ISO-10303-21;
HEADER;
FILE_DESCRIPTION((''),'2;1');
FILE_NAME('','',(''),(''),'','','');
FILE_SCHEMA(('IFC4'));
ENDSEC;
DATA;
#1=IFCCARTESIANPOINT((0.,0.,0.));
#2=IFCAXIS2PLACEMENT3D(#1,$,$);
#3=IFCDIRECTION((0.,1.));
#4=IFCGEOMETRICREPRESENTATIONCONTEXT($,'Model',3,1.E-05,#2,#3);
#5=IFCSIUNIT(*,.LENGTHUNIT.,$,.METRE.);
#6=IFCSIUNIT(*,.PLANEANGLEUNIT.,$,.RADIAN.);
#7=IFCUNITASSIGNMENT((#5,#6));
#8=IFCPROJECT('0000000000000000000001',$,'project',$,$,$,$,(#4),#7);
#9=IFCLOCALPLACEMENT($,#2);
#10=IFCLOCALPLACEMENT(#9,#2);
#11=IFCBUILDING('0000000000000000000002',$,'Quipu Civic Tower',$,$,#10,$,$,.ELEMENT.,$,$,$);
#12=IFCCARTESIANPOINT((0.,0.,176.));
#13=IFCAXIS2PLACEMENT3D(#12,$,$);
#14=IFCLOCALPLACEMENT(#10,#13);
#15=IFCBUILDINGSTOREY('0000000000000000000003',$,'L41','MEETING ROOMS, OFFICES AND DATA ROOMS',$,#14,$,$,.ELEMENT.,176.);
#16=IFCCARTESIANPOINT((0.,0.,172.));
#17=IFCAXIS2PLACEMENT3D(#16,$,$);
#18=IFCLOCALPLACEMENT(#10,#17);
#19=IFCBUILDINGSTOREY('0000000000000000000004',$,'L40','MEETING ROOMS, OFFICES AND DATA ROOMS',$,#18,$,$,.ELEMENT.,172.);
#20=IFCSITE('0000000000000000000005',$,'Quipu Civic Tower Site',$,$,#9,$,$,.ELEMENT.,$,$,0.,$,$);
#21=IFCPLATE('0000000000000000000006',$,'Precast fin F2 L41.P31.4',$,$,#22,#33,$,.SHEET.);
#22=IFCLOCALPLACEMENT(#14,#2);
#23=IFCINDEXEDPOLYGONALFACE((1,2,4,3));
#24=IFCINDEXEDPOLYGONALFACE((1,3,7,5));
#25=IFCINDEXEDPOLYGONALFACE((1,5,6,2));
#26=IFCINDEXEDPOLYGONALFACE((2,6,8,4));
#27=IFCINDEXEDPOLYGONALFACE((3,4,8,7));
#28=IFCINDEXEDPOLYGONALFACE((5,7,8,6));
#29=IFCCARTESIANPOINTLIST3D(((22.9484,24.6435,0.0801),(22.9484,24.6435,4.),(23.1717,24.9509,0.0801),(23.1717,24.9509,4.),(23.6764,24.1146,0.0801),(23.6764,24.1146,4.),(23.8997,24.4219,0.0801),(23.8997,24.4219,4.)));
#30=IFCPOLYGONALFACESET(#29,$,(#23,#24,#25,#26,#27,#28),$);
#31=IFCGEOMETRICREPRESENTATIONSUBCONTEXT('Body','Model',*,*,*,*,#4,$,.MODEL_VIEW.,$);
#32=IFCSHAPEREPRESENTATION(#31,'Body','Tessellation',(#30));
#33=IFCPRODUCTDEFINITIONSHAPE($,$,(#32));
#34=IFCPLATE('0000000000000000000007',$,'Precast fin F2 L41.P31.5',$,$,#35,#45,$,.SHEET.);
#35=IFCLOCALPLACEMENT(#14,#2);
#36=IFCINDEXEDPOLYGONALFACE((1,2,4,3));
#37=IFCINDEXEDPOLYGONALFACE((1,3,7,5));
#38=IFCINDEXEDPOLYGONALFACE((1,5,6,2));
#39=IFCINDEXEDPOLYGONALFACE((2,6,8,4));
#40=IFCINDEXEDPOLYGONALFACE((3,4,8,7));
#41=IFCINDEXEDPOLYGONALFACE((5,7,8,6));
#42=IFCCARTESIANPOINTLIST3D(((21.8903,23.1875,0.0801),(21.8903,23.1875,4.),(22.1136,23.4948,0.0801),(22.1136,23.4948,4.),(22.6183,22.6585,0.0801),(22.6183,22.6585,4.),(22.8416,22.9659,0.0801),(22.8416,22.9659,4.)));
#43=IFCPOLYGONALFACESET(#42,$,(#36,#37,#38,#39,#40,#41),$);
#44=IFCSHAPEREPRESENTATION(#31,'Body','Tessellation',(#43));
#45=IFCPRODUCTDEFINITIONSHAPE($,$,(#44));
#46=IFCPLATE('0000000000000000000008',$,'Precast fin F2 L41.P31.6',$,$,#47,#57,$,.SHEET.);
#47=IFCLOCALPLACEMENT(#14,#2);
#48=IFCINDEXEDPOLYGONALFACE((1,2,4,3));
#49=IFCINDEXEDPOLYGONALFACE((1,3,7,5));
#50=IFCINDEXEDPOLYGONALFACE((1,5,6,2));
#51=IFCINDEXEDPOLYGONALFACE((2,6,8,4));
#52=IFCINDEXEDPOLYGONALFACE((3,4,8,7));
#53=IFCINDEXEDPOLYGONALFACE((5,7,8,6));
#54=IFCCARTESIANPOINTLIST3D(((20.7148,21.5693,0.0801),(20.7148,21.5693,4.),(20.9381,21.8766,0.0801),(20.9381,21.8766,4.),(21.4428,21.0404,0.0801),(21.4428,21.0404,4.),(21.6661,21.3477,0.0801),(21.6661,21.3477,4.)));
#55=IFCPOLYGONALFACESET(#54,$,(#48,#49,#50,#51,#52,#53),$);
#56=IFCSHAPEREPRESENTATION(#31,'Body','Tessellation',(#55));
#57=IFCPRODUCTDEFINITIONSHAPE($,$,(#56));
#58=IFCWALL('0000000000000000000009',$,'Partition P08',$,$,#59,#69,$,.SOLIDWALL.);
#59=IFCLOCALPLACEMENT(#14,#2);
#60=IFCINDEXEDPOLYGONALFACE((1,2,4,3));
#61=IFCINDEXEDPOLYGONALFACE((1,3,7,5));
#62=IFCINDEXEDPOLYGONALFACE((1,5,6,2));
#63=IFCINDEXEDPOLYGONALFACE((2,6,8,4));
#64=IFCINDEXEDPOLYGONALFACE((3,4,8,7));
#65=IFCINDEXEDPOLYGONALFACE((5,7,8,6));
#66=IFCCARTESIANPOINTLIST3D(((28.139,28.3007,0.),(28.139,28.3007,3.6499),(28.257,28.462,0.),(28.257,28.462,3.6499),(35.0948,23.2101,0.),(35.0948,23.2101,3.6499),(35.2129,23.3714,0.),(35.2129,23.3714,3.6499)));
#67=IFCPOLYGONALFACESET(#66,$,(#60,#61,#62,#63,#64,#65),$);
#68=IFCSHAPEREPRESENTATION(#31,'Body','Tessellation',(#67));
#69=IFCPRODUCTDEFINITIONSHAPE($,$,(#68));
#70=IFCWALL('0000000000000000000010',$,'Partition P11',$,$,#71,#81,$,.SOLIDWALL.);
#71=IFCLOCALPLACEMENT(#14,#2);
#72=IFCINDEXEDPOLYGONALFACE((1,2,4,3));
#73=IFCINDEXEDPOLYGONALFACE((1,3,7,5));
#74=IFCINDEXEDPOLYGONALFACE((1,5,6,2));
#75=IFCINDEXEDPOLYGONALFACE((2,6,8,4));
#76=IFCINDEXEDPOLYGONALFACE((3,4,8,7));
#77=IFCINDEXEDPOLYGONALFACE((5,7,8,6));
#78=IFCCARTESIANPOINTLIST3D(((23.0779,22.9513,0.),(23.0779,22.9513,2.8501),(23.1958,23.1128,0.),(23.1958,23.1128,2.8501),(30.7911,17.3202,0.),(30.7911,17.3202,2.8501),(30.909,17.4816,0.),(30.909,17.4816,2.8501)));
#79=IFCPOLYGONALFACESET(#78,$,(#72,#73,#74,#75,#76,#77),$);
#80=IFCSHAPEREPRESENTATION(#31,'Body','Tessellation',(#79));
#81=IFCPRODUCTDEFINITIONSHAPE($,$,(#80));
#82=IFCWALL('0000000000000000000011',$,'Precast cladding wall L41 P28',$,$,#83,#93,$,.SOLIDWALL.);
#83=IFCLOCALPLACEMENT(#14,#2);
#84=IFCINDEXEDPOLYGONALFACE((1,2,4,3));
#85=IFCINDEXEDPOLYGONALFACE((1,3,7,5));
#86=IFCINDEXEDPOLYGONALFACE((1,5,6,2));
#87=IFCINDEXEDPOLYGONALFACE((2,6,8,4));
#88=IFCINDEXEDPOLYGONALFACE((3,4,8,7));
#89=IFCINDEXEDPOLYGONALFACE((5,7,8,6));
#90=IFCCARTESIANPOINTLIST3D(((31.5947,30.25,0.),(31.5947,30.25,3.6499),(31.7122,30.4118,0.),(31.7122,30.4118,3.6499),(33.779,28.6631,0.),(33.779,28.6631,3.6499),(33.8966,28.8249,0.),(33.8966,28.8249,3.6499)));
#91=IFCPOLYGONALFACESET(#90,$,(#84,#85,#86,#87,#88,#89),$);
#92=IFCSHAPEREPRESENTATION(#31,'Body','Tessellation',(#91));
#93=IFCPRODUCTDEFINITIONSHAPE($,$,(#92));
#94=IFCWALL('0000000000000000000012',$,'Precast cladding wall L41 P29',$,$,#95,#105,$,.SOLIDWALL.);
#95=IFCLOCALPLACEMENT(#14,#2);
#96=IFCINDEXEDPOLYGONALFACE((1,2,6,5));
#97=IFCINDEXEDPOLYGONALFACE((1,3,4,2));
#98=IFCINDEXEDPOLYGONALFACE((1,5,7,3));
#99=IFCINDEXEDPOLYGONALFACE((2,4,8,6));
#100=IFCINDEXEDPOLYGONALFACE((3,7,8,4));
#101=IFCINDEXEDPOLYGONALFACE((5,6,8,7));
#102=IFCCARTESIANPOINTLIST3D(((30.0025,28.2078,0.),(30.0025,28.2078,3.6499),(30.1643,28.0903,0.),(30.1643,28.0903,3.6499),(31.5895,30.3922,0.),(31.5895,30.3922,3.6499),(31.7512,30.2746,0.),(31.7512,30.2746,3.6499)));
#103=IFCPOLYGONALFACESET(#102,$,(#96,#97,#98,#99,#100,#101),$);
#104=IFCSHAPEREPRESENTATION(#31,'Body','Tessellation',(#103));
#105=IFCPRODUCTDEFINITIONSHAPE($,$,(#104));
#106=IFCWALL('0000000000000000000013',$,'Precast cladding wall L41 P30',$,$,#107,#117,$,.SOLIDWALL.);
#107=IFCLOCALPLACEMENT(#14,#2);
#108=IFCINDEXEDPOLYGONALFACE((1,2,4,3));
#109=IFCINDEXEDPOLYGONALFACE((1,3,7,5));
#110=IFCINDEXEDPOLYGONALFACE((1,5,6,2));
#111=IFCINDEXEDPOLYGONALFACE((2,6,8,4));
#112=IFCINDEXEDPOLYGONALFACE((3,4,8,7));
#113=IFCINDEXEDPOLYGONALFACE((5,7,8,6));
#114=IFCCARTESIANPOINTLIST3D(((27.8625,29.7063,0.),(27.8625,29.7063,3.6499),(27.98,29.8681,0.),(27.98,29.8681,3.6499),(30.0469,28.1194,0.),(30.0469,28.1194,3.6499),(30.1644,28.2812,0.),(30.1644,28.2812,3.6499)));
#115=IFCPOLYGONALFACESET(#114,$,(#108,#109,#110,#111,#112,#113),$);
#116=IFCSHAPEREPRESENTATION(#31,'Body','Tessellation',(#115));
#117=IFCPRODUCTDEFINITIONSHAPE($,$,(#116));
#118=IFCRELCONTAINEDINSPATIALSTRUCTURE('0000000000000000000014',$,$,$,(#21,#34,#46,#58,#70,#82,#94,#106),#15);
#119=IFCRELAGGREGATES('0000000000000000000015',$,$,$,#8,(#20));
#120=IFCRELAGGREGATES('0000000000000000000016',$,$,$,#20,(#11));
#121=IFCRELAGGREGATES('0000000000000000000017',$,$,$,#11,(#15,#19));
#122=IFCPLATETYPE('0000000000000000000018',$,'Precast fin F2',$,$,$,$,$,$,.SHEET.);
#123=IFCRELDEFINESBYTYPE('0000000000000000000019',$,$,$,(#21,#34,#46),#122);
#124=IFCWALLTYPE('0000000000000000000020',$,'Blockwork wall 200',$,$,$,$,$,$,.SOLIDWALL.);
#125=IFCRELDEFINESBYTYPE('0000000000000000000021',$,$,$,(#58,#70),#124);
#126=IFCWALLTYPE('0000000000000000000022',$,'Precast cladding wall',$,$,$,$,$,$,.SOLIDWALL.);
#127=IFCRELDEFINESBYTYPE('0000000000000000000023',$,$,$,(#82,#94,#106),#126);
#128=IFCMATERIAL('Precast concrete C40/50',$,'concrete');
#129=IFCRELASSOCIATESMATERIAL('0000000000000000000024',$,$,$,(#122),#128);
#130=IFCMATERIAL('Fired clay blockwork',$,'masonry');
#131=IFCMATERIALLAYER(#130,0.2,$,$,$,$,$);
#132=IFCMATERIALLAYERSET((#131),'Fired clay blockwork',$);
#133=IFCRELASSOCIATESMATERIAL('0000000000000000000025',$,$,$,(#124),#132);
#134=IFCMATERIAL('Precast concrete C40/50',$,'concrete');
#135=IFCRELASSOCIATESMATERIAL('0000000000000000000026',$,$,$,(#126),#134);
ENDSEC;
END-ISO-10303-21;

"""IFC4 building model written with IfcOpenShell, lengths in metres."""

from ifc_helpers import new_model, si_unit, direction, frame, frame_2d, origin, origin_2d, place, context, subcontext, project, spatial, rectangle, extrude, material, layer, layer_set, type_object, element, save


model = new_model("IFC4")

# Units and contexts
model_context = context("Model", 3, precision=1e-05, world=origin(), true_north=direction((0.0, 1.0)))
body_context = subcontext(model_context, "Body", "Model", "MODEL_VIEW")
ifc_project = project(units=[si_unit("LENGTHUNIT", "METRE"), si_unit("PLANEANGLEUNIT", "RADIAN")], contexts=[model_context])

# Site, building, storey
site_placement = place(None, origin())
site = spatial("IfcSite", under=ifc_project, at=site_placement, Name="Quipu Civic Tower Site", CompositionType="ELEMENT", RefElevation=0.0)
building_placement = place(site_placement, origin())
building = spatial("IfcBuilding", under=site, at=building_placement, Name="Quipu Civic Tower", CompositionType="ELEMENT")
storey_1_placement = place(building_placement, frame((0.0, 0.0, 176.0)))
storey_1 = spatial("IfcBuildingStorey", under=building, at=storey_1_placement, Name="L41", Description="MEETING ROOMS, OFFICES AND DATA ROOMS", CompositionType="ELEMENT", Elevation=176.0)

# Shared definitions
storey_2_placement = place(building_placement, frame((0.0, 0.0, 172.0)))
storey_2 = spatial("IfcBuildingStorey", under=building, at=storey_2_placement, Name="L40", Description="MEETING ROOMS, OFFICES AND DATA ROOMS", CompositionType="ELEMENT", Elevation=172.0)

# Plates
ifc_material_1 = material(Name="Precast concrete C40/50", Category="concrete")
plate_type_1 = type_object("IfcPlateType", Name="Precast fin F2", PredefinedType="SHEET", material=ifc_material_1)
for number, where, z_axis, x_axis, name in (
    (1, (23.4241, 24.5327, 0.0801), (0.0, 0.0, 1.0), (-0.587787, -0.809016, 0.0), "Precast fin F2 L41.P31.4"),
    (2, (22.366, 23.0767, 0.0801), (0.0, 0.0, 1.0), (-0.587787, -0.809016, 0.0), "Precast fin F2 L41.P31.5"),
    (3, (21.1904, 21.4585, 0.0801), (0.0, 0.0, 1.0), (-0.587787, -0.809016, 0.0), "Precast fin F2 L41.P31.6"),
):
    element("IfcPlate", number, at=place(storey_1_placement, frame(where, z_axis=z_axis, x_axis=x_axis)), inside=storey_1, type_object=plate_type_1, Name=name, PredefinedType="SHEET", context=body_context, shape_type="SweptSolid", body=[
        extrude(rectangle(XDim=0.3799, YDim=0.8999, at=origin_2d()), origin(), (0.0, 0.0, 1.0), 3.9199),
    ])

# Walls
ifc_material_2 = material(Name="Fired clay blockwork", Category="masonry")
ifc_layer_1 = layer(ifc_material_2, 0.2)
ifc_layer_set_1 = layer_set([ifc_layer_1], Name="Fired clay blockwork")
wall_type_1 = type_object("IfcWallType", Name="Blockwork wall 200", PredefinedType="SOLIDWALL", material=ifc_layer_set_1)
wall_1_placement = place(storey_1_placement, frame((28.198, 28.3813, 0.0), z_axis=(0.0, 0.0, 1.0), x_axis=(0.806977, -0.590582, 0.0)))
element("IfcWall", 4, at=wall_1_placement, inside=storey_1, type_object=wall_type_1, Name="Partition P08", PredefinedType="SOLIDWALL", context=body_context, shape_type="SweptSolid", body=[
    extrude(rectangle(XDim=8.6196, YDim=0.2, at=frame_2d((4.3098, 0.0))), origin(), (0.0, 0.0, 1.0), 3.6499),
])
wall_2_placement = place(storey_1_placement, frame((23.137, 23.032, 0.0), z_axis=(0.0, 0.0, 1.0), x_axis=(0.807661, -0.589647, 0.0)))
element("IfcWall", 5, at=wall_2_placement, inside=storey_1, type_object=wall_type_1, Name="Partition P11", PredefinedType="SOLIDWALL", context=body_context, shape_type="SweptSolid", body=[
    extrude(rectangle(XDim=9.55, YDim=0.2, at=frame_2d((4.7749, 0.0))), origin(), (0.0, 0.0, 1.0), 2.8501),
])
ifc_material_3 = material(Name="Precast concrete C40/50", Category="concrete")
wall_type_2 = type_object("IfcWallType", Name="Precast cladding wall", PredefinedType="SOLIDWALL", material=ifc_material_3)
for number, where, z_axis, x_axis, name in (
    (6, (33.8379, 28.7439, 0.0), (0.0, 0.0, 1.0), (-0.809033, 0.587763, 0.0), "Precast cladding wall L41 P28"),
    (7, (31.6704, 30.3335, 0.0), (0.0, 0.0, 1.0), (-0.587763, -0.809033, 0.0), "Precast cladding wall L41 P29"),
    (8, (30.1057, 28.2002, 0.0), (0.0, 0.0, 1.0), (-0.809033, 0.587763, 0.0), "Precast cladding wall L41 P30"),
):
    element("IfcWall", number, at=place(storey_1_placement, frame(where, z_axis=z_axis, x_axis=x_axis)), inside=storey_1, type_object=wall_type_2, Name=name, PredefinedType="SOLIDWALL", context=body_context, shape_type="SweptSolid", body=[
        extrude(rectangle(XDim=2.7, YDim=0.2, at=frame_2d((1.3501, 0.0))), origin(), (0.0, 0.0, 1.0), 3.6499),
    ])

save(model, "model.ifc")
